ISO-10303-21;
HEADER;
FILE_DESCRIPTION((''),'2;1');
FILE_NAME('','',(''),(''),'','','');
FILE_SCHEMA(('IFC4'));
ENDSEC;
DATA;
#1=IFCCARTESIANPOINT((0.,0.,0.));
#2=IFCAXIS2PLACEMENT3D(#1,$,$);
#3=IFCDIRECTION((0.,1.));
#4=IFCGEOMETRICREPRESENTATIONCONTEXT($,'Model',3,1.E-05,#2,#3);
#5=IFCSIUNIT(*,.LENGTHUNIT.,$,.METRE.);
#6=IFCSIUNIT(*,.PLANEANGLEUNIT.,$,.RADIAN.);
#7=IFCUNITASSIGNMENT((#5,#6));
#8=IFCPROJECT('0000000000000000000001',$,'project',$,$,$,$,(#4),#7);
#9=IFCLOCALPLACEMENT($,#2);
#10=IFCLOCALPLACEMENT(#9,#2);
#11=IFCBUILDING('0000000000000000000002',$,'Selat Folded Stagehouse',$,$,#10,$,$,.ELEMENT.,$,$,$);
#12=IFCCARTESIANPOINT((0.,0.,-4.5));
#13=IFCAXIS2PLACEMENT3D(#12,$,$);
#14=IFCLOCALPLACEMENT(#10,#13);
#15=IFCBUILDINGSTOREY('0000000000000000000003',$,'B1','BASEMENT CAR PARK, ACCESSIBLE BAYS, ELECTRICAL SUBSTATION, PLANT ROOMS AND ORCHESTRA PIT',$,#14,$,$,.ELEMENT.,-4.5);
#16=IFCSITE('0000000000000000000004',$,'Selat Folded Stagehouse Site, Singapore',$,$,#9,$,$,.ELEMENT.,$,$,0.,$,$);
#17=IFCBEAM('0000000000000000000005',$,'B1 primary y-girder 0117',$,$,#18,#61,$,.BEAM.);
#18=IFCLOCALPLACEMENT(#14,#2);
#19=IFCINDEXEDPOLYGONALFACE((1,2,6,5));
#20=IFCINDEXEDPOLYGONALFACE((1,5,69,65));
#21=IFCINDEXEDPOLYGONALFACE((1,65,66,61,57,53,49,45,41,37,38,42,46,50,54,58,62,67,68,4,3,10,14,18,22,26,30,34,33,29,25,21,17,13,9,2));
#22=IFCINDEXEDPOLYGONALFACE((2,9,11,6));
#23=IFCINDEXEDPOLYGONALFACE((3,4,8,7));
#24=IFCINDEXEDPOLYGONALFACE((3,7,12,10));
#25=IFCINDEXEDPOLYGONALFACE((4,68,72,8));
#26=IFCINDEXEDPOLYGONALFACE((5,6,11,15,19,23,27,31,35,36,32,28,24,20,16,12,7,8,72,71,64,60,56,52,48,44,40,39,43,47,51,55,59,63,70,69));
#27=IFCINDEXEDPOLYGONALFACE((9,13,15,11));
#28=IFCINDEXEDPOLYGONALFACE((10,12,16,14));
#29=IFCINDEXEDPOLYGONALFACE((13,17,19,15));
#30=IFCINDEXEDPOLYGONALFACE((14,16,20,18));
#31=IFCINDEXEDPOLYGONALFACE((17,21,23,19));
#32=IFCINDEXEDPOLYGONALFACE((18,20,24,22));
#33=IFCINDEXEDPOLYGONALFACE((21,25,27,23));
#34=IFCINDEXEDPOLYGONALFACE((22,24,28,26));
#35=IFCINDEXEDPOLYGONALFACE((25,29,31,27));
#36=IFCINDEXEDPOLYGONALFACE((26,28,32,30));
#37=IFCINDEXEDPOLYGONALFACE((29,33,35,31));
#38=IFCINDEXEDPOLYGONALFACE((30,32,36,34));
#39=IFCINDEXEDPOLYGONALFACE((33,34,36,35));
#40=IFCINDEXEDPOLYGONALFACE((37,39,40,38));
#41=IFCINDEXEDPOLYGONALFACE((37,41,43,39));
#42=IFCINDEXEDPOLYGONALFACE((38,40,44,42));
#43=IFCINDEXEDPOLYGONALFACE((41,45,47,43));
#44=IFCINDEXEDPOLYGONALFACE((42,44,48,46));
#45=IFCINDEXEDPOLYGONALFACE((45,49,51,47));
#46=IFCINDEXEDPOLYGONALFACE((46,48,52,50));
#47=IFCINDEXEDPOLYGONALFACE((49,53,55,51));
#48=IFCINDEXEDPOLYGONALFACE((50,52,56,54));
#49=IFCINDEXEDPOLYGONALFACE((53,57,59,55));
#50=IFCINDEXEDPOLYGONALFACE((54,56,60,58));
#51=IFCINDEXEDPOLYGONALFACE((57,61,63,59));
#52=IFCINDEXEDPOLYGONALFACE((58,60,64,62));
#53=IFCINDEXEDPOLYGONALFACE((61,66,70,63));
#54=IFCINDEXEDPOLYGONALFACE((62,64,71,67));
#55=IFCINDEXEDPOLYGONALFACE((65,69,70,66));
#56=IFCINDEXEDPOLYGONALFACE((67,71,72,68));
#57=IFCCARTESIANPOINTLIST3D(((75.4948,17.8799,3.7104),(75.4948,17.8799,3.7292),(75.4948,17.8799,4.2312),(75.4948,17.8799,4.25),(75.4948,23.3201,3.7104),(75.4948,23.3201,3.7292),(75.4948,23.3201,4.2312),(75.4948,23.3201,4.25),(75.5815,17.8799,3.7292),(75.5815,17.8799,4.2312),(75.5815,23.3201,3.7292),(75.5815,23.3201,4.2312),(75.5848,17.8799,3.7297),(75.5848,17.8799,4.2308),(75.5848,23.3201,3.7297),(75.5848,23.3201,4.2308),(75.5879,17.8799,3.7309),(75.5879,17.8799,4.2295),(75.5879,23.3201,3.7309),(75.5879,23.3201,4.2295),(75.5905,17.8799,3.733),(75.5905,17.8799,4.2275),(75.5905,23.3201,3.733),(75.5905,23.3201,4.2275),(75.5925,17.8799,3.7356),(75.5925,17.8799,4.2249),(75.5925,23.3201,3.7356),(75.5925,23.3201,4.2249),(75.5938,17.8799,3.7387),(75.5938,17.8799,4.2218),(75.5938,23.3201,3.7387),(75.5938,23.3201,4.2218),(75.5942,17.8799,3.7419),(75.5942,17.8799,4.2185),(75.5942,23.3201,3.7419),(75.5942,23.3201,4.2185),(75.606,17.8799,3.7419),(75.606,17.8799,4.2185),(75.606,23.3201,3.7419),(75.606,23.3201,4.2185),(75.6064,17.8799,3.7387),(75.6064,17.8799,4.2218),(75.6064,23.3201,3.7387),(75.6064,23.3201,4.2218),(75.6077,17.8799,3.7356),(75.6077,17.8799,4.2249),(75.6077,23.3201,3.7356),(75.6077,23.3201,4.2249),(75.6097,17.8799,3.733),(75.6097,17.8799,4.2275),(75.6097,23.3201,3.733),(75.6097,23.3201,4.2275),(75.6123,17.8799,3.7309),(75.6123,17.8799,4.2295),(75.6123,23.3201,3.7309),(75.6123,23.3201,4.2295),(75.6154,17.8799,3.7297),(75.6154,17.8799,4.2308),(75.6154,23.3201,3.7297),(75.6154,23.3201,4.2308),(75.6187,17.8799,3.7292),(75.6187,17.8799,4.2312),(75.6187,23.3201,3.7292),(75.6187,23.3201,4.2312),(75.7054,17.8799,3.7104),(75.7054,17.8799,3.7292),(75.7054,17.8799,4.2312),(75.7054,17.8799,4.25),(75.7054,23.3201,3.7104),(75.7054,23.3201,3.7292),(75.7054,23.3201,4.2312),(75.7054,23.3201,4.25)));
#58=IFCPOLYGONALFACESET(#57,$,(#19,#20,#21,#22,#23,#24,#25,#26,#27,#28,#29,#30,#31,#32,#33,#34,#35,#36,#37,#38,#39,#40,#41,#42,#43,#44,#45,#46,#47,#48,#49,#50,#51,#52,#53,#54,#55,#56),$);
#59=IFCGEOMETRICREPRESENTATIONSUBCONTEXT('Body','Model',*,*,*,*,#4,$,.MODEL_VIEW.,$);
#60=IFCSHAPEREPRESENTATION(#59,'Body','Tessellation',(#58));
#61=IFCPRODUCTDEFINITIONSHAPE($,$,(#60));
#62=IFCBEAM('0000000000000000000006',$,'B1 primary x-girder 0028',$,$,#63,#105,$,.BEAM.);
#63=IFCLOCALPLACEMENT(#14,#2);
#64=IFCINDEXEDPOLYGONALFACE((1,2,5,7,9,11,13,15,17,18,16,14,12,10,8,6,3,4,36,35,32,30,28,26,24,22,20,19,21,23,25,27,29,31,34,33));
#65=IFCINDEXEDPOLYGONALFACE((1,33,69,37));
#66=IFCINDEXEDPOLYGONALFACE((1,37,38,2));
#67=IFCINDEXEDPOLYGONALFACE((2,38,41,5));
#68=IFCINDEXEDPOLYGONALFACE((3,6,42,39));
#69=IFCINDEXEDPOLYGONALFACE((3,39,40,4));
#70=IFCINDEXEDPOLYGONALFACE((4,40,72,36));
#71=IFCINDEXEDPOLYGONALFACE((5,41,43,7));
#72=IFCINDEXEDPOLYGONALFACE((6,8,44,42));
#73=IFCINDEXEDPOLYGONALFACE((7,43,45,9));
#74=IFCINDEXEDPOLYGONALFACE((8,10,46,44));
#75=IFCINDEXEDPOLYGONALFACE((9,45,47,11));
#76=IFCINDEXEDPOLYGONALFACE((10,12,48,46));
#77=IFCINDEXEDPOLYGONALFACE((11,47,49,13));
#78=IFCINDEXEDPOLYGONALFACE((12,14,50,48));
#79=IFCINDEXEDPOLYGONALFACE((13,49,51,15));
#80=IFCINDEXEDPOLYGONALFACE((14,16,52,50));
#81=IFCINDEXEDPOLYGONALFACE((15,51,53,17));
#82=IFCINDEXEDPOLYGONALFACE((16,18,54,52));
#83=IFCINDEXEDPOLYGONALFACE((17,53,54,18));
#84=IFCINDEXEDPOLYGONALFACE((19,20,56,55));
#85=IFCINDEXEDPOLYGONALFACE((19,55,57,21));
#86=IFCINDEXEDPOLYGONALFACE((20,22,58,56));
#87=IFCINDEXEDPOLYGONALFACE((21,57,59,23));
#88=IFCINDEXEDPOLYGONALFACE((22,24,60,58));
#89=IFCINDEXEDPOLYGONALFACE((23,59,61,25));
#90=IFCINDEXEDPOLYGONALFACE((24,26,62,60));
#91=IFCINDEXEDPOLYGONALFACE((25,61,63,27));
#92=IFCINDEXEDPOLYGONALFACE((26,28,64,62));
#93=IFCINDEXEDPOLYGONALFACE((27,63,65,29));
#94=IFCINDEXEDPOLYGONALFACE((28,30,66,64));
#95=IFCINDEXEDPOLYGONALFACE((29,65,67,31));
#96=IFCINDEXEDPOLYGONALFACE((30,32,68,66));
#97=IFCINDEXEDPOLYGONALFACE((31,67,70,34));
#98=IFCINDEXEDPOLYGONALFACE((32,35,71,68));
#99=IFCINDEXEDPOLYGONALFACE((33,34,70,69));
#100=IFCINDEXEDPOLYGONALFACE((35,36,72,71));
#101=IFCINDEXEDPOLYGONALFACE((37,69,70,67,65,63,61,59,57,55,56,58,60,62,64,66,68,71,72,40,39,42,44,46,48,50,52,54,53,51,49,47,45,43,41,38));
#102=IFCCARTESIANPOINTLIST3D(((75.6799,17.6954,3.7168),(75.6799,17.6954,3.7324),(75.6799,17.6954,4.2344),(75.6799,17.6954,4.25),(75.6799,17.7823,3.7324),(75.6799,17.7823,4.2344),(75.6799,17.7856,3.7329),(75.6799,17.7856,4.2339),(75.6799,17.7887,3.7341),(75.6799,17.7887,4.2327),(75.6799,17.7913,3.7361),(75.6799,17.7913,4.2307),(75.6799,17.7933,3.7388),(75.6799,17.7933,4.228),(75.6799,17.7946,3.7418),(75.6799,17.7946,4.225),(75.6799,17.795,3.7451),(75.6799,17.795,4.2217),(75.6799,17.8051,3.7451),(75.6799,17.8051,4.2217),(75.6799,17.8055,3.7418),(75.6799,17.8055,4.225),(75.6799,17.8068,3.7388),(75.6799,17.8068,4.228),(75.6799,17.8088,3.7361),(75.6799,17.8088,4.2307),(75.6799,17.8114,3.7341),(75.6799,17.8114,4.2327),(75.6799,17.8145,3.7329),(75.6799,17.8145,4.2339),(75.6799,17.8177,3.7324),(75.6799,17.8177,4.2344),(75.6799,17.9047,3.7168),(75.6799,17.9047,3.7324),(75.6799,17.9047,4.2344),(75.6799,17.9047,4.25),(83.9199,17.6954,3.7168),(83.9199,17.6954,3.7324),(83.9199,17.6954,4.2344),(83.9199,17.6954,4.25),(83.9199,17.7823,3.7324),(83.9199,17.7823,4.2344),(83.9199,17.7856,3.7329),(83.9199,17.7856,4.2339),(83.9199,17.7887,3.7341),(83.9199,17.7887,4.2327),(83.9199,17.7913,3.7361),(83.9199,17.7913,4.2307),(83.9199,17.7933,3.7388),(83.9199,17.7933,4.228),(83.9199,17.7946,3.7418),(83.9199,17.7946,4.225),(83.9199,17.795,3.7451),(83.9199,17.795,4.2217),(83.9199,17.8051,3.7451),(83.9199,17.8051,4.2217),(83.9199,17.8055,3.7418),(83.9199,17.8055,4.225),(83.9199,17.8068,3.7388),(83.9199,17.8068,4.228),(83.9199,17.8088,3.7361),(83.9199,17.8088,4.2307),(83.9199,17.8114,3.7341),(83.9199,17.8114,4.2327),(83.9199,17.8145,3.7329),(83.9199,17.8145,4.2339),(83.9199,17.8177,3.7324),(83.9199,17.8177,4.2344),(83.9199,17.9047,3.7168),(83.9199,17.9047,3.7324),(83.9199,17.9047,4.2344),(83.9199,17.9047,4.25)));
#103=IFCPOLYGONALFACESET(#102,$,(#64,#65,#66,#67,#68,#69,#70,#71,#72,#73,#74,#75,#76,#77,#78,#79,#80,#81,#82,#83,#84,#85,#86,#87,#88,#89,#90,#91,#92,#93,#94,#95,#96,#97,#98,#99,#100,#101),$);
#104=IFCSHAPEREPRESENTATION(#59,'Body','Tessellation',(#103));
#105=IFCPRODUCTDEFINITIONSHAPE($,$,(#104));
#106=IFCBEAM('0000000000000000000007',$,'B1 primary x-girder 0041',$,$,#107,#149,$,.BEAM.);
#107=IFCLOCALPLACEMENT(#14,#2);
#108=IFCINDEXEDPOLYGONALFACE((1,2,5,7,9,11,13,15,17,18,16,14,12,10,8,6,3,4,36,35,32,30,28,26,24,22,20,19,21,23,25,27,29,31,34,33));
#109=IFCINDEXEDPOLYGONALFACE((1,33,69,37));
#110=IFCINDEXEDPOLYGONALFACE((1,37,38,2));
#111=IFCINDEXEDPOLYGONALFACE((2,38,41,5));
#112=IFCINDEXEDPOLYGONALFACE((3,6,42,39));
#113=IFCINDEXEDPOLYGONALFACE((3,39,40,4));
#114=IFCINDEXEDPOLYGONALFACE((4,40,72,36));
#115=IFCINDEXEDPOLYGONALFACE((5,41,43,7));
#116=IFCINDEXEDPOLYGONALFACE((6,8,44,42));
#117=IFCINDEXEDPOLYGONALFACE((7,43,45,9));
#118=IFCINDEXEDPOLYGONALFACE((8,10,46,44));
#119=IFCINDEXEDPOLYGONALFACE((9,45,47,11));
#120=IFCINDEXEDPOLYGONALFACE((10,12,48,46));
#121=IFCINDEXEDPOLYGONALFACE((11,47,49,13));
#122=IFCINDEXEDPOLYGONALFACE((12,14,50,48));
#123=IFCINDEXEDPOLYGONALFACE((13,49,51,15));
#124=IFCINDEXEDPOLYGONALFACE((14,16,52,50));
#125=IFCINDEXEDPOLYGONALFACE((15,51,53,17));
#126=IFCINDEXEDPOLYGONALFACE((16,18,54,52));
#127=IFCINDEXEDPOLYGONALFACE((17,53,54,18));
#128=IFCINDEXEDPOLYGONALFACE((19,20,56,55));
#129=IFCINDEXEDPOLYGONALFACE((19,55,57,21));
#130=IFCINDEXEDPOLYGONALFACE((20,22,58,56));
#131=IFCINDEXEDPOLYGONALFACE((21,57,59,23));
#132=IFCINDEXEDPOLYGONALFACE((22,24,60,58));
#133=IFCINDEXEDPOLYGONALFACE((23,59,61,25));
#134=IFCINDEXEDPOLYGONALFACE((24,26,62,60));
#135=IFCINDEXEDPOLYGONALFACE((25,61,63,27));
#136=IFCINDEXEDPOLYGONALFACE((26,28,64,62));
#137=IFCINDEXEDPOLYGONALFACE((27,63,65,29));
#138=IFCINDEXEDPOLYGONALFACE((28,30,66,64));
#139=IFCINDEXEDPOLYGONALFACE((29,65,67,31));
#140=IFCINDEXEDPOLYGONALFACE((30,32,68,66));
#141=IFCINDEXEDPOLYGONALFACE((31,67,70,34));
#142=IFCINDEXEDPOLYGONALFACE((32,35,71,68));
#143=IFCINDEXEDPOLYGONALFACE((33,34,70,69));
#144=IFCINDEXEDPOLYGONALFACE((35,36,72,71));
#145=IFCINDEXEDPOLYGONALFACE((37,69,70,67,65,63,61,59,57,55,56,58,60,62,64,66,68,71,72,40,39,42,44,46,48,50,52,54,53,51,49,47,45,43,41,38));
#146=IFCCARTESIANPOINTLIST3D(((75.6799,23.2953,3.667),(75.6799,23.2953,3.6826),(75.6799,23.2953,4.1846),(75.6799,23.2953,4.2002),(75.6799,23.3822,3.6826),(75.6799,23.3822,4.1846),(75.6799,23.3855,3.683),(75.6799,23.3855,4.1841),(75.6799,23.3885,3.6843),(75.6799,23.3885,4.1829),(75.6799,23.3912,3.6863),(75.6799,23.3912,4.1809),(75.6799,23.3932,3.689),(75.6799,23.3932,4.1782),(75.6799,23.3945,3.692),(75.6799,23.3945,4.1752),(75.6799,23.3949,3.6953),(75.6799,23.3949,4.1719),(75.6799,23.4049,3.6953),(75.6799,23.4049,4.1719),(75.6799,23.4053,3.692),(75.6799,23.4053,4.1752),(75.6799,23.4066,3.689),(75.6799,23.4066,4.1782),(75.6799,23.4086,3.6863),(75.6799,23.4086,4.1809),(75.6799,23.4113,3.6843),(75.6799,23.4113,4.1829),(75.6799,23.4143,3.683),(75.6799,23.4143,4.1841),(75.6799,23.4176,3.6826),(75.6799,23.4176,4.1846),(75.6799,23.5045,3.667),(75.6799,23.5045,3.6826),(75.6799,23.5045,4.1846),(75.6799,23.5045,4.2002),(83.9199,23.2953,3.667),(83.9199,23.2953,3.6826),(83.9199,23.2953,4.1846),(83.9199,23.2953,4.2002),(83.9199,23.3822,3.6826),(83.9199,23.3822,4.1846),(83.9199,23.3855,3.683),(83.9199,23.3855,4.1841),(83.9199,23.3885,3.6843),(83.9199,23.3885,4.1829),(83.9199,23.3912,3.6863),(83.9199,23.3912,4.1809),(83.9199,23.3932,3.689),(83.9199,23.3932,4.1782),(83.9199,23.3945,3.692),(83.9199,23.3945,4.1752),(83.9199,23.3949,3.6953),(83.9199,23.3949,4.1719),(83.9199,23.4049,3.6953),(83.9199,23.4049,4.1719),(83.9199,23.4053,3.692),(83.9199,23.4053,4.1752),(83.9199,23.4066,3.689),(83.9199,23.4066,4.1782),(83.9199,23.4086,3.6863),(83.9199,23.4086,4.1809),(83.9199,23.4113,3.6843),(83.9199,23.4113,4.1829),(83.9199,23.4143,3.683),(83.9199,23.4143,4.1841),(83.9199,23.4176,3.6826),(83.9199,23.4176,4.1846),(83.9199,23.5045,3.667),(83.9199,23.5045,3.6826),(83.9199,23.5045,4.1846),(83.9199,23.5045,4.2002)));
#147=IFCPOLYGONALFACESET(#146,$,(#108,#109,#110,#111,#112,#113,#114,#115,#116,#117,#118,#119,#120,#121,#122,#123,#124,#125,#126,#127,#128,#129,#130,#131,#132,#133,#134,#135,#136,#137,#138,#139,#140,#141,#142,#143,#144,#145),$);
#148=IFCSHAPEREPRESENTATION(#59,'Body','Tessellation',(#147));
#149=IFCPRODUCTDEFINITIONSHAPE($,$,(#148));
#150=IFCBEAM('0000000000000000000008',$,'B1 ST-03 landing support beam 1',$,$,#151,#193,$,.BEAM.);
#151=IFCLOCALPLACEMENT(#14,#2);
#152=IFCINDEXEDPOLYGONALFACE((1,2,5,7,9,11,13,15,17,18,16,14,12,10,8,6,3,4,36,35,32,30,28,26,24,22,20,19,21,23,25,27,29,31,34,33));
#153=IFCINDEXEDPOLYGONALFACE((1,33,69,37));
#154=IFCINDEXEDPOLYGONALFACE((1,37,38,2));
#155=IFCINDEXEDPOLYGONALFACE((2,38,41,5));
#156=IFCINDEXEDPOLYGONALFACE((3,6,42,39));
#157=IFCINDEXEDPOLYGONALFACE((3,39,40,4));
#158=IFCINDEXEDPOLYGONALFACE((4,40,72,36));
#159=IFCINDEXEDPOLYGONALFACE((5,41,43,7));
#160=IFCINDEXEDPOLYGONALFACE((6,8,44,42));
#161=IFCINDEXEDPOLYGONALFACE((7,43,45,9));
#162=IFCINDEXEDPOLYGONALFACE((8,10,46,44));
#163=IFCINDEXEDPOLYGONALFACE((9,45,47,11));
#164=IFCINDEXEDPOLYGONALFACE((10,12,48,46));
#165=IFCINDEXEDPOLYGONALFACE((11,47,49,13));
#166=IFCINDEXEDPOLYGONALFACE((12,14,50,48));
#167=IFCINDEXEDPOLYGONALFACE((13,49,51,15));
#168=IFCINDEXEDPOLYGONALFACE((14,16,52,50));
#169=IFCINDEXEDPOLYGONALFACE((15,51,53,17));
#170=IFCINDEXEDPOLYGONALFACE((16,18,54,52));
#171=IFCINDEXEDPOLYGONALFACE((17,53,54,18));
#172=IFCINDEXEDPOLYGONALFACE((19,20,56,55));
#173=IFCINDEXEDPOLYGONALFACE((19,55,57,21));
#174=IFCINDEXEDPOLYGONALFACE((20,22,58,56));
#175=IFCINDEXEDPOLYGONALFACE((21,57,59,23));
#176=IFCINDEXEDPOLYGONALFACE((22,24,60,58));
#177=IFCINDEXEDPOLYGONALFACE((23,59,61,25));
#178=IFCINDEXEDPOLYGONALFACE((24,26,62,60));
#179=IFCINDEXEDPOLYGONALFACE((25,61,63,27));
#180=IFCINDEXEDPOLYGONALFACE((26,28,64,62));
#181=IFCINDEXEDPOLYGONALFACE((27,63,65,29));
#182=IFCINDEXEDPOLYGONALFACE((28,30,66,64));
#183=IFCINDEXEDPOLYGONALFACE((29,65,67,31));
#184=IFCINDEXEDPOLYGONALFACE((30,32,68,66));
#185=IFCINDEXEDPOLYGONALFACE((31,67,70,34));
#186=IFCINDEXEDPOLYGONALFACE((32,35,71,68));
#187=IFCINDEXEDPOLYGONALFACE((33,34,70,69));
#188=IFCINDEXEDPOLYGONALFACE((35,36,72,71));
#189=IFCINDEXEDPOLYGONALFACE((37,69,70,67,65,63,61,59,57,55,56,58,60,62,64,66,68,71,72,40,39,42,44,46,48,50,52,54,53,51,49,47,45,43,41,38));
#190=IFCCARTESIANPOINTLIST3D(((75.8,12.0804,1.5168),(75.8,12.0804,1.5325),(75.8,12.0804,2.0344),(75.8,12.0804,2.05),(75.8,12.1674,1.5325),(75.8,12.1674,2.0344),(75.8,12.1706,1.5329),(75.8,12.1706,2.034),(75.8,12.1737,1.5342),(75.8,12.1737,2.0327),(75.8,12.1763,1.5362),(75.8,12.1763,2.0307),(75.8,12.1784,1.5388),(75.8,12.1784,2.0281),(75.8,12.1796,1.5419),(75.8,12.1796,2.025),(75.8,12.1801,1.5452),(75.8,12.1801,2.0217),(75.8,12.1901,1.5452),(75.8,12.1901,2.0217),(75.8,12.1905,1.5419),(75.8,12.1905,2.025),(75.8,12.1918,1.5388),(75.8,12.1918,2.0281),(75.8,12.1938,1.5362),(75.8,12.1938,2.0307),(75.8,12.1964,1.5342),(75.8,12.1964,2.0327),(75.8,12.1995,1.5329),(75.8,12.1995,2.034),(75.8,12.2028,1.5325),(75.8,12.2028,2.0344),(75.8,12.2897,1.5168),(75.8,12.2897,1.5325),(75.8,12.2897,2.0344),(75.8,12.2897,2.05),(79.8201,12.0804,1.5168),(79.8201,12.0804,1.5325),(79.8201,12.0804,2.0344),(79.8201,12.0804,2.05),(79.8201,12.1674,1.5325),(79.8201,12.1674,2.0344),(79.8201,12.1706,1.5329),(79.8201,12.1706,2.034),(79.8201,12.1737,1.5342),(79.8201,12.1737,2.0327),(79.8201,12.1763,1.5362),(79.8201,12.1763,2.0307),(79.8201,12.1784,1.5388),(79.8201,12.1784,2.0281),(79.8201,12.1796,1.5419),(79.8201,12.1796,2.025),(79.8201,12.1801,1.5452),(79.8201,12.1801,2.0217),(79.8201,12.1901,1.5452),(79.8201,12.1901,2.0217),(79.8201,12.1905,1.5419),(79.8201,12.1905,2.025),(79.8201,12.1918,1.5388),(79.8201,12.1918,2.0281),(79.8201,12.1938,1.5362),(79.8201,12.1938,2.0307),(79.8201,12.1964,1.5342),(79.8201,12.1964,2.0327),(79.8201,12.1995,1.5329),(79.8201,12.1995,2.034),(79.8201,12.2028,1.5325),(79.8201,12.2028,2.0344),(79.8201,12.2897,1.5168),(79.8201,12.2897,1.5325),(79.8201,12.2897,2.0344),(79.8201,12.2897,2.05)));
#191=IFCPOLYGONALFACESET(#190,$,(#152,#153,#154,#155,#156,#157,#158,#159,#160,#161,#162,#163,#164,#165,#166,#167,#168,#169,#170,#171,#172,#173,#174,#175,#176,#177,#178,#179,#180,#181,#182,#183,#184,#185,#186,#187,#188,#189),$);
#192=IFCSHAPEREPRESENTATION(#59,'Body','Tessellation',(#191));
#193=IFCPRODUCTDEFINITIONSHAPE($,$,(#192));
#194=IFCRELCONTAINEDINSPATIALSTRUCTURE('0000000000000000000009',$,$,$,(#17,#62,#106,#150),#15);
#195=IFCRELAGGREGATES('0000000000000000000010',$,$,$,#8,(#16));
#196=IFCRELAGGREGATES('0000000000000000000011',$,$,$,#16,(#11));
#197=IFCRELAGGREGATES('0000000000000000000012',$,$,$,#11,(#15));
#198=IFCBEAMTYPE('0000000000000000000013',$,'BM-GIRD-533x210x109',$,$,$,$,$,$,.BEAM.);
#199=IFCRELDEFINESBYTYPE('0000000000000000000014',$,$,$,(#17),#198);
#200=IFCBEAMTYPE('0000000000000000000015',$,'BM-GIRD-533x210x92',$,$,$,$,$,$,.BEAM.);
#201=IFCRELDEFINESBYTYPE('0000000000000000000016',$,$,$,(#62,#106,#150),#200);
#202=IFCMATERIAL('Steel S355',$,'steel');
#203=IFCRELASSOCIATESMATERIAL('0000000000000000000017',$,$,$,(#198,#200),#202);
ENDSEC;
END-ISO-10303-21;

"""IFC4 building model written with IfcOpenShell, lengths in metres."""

from ifc_helpers import new_model, si_unit, direction, frame, origin, origin_2d, place, context, subcontext, project, spatial, i_section, extrude, material, material_profile, profile_set, type_object, element, save


model = new_model("IFC4")

# Units and contexts
model_context = context("Model", 3, precision=1e-05, world=origin(), true_north=direction((0.0, 1.0)))
body_context = subcontext(model_context, "Body", "Model", "MODEL_VIEW")
ifc_project = project(units=[si_unit("LENGTHUNIT", "METRE"), si_unit("PLANEANGLEUNIT", "RADIAN")], contexts=[model_context])

# Site, building, storey
site_placement = place(None, origin())
site = spatial("IfcSite", under=ifc_project, at=site_placement, Name="Selat Folded Stagehouse Site, Singapore", CompositionType="ELEMENT", RefElevation=0.0)
building_placement = place(site_placement, origin())
building = spatial("IfcBuilding", under=site, at=building_placement, Name="Selat Folded Stagehouse", CompositionType="ELEMENT")
storey_placement = place(building_placement, frame((0.0, 0.0, -4.5)))
storey = spatial("IfcBuildingStorey", under=building, at=storey_placement, Name="B1", Description="BASEMENT CAR PARK, ACCESSIBLE BAYS, ELECTRICAL SUBSTATION, PLANT ROOMS AND ORCHESTRA PIT", CompositionType="ELEMENT", Elevation=-4.5)

# Shared definitions
ifc_material_1 = material(Name="Steel S355", Category="steel")

# Beams
ifc_material_profile_1 = material_profile(ifc_material_1, i_section(OverallWidth=0.2107, OverallDepth=0.5396, WebThickness=0.0117, FlangeThickness=0.0188, FilletRadius=0.0127, at=origin_2d()), Name="UKB 533x210x109")
ifc_profile_set_1 = profile_set([ifc_material_profile_1], Name="Steel S355")
beam_type_1 = type_object("IfcBeamType", Name="BM-GIRD-533x210x109", PredefinedType="BEAM", material=ifc_profile_set_1)
beam_1_placement = place(storey_placement, frame((75.6001, 17.8799, 3.9802), z_axis=(0.0, 1.0, 0.0), x_axis=(-1.0, 0.0, 0.0)))
element("IfcBeam", 1, at=beam_1_placement, inside=storey, type_object=beam_type_1, Name="B1 primary y-girder 0117", PredefinedType="BEAM", context=body_context, shape_type="SweptSolid", body=[
    extrude(i_section(OverallWidth=0.2107, OverallDepth=0.5396, WebThickness=0.0117, FlangeThickness=0.0188, FilletRadius=0.0127, at=origin_2d()), origin(), (0.0, 0.0, 1.0), 5.4402),
])
ifc_material_profile_2 = material_profile(ifc_material_1, i_section(OverallWidth=0.2092, OverallDepth=0.5332, WebThickness=0.01, FlangeThickness=0.0156, FilletRadius=0.0127, at=origin_2d()), Name="UKB 533x210x92")
ifc_profile_set_2 = profile_set([ifc_material_profile_2], Name="Steel S355")
beam_type_2 = type_object("IfcBeamType", Name="BM-GIRD-533x210x92", PredefinedType="BEAM", material=ifc_profile_set_2)
for number, where, z_axis, x_axis, name in (
    (2, (75.6799, 17.8, 3.9834), (1.0, 0.0, 0.0), (0.0, 1.0, 0.0), "B1 primary x-girder 0028"),
    (3, (75.6799, 23.3999, 3.9336), (1.0, 0.0, 0.0), (0.0, 1.0, 0.0), "B1 primary x-girder 0041"),
):
    element("IfcBeam", number, at=place(storey_placement, frame(where, z_axis=z_axis, x_axis=x_axis)), inside=storey, type_object=beam_type_2, Name=name, PredefinedType="BEAM", context=body_context, shape_type="SweptSolid", body=[
        extrude(i_section(OverallWidth=0.2092, OverallDepth=0.5332, WebThickness=0.01, FlangeThickness=0.0156, FilletRadius=0.0127, at=origin_2d()), origin(), (0.0, 0.0, 1.0), 8.24),
    ])
for number, where, z_axis, x_axis, name in (
    (4, (75.8, 12.1851, 1.7834), (1.0, 0.0, 0.0), (0.0, 1.0, 0.0), "B1 ST-03 landing support beam 1"),
):
    element("IfcBeam", number, at=place(storey_placement, frame(where, z_axis=z_axis, x_axis=x_axis)), inside=storey, type_object=beam_type_2, Name=name, PredefinedType="BEAM", context=body_context, shape_type="SweptSolid", body=[
        extrude(i_section(OverallWidth=0.2092, OverallDepth=0.5332, WebThickness=0.01, FlangeThickness=0.0156, FilletRadius=0.0127, at=origin_2d()), origin(), (0.0, 0.0, 1.0), 4.02),
    ])

save(model, "model.ifc")
